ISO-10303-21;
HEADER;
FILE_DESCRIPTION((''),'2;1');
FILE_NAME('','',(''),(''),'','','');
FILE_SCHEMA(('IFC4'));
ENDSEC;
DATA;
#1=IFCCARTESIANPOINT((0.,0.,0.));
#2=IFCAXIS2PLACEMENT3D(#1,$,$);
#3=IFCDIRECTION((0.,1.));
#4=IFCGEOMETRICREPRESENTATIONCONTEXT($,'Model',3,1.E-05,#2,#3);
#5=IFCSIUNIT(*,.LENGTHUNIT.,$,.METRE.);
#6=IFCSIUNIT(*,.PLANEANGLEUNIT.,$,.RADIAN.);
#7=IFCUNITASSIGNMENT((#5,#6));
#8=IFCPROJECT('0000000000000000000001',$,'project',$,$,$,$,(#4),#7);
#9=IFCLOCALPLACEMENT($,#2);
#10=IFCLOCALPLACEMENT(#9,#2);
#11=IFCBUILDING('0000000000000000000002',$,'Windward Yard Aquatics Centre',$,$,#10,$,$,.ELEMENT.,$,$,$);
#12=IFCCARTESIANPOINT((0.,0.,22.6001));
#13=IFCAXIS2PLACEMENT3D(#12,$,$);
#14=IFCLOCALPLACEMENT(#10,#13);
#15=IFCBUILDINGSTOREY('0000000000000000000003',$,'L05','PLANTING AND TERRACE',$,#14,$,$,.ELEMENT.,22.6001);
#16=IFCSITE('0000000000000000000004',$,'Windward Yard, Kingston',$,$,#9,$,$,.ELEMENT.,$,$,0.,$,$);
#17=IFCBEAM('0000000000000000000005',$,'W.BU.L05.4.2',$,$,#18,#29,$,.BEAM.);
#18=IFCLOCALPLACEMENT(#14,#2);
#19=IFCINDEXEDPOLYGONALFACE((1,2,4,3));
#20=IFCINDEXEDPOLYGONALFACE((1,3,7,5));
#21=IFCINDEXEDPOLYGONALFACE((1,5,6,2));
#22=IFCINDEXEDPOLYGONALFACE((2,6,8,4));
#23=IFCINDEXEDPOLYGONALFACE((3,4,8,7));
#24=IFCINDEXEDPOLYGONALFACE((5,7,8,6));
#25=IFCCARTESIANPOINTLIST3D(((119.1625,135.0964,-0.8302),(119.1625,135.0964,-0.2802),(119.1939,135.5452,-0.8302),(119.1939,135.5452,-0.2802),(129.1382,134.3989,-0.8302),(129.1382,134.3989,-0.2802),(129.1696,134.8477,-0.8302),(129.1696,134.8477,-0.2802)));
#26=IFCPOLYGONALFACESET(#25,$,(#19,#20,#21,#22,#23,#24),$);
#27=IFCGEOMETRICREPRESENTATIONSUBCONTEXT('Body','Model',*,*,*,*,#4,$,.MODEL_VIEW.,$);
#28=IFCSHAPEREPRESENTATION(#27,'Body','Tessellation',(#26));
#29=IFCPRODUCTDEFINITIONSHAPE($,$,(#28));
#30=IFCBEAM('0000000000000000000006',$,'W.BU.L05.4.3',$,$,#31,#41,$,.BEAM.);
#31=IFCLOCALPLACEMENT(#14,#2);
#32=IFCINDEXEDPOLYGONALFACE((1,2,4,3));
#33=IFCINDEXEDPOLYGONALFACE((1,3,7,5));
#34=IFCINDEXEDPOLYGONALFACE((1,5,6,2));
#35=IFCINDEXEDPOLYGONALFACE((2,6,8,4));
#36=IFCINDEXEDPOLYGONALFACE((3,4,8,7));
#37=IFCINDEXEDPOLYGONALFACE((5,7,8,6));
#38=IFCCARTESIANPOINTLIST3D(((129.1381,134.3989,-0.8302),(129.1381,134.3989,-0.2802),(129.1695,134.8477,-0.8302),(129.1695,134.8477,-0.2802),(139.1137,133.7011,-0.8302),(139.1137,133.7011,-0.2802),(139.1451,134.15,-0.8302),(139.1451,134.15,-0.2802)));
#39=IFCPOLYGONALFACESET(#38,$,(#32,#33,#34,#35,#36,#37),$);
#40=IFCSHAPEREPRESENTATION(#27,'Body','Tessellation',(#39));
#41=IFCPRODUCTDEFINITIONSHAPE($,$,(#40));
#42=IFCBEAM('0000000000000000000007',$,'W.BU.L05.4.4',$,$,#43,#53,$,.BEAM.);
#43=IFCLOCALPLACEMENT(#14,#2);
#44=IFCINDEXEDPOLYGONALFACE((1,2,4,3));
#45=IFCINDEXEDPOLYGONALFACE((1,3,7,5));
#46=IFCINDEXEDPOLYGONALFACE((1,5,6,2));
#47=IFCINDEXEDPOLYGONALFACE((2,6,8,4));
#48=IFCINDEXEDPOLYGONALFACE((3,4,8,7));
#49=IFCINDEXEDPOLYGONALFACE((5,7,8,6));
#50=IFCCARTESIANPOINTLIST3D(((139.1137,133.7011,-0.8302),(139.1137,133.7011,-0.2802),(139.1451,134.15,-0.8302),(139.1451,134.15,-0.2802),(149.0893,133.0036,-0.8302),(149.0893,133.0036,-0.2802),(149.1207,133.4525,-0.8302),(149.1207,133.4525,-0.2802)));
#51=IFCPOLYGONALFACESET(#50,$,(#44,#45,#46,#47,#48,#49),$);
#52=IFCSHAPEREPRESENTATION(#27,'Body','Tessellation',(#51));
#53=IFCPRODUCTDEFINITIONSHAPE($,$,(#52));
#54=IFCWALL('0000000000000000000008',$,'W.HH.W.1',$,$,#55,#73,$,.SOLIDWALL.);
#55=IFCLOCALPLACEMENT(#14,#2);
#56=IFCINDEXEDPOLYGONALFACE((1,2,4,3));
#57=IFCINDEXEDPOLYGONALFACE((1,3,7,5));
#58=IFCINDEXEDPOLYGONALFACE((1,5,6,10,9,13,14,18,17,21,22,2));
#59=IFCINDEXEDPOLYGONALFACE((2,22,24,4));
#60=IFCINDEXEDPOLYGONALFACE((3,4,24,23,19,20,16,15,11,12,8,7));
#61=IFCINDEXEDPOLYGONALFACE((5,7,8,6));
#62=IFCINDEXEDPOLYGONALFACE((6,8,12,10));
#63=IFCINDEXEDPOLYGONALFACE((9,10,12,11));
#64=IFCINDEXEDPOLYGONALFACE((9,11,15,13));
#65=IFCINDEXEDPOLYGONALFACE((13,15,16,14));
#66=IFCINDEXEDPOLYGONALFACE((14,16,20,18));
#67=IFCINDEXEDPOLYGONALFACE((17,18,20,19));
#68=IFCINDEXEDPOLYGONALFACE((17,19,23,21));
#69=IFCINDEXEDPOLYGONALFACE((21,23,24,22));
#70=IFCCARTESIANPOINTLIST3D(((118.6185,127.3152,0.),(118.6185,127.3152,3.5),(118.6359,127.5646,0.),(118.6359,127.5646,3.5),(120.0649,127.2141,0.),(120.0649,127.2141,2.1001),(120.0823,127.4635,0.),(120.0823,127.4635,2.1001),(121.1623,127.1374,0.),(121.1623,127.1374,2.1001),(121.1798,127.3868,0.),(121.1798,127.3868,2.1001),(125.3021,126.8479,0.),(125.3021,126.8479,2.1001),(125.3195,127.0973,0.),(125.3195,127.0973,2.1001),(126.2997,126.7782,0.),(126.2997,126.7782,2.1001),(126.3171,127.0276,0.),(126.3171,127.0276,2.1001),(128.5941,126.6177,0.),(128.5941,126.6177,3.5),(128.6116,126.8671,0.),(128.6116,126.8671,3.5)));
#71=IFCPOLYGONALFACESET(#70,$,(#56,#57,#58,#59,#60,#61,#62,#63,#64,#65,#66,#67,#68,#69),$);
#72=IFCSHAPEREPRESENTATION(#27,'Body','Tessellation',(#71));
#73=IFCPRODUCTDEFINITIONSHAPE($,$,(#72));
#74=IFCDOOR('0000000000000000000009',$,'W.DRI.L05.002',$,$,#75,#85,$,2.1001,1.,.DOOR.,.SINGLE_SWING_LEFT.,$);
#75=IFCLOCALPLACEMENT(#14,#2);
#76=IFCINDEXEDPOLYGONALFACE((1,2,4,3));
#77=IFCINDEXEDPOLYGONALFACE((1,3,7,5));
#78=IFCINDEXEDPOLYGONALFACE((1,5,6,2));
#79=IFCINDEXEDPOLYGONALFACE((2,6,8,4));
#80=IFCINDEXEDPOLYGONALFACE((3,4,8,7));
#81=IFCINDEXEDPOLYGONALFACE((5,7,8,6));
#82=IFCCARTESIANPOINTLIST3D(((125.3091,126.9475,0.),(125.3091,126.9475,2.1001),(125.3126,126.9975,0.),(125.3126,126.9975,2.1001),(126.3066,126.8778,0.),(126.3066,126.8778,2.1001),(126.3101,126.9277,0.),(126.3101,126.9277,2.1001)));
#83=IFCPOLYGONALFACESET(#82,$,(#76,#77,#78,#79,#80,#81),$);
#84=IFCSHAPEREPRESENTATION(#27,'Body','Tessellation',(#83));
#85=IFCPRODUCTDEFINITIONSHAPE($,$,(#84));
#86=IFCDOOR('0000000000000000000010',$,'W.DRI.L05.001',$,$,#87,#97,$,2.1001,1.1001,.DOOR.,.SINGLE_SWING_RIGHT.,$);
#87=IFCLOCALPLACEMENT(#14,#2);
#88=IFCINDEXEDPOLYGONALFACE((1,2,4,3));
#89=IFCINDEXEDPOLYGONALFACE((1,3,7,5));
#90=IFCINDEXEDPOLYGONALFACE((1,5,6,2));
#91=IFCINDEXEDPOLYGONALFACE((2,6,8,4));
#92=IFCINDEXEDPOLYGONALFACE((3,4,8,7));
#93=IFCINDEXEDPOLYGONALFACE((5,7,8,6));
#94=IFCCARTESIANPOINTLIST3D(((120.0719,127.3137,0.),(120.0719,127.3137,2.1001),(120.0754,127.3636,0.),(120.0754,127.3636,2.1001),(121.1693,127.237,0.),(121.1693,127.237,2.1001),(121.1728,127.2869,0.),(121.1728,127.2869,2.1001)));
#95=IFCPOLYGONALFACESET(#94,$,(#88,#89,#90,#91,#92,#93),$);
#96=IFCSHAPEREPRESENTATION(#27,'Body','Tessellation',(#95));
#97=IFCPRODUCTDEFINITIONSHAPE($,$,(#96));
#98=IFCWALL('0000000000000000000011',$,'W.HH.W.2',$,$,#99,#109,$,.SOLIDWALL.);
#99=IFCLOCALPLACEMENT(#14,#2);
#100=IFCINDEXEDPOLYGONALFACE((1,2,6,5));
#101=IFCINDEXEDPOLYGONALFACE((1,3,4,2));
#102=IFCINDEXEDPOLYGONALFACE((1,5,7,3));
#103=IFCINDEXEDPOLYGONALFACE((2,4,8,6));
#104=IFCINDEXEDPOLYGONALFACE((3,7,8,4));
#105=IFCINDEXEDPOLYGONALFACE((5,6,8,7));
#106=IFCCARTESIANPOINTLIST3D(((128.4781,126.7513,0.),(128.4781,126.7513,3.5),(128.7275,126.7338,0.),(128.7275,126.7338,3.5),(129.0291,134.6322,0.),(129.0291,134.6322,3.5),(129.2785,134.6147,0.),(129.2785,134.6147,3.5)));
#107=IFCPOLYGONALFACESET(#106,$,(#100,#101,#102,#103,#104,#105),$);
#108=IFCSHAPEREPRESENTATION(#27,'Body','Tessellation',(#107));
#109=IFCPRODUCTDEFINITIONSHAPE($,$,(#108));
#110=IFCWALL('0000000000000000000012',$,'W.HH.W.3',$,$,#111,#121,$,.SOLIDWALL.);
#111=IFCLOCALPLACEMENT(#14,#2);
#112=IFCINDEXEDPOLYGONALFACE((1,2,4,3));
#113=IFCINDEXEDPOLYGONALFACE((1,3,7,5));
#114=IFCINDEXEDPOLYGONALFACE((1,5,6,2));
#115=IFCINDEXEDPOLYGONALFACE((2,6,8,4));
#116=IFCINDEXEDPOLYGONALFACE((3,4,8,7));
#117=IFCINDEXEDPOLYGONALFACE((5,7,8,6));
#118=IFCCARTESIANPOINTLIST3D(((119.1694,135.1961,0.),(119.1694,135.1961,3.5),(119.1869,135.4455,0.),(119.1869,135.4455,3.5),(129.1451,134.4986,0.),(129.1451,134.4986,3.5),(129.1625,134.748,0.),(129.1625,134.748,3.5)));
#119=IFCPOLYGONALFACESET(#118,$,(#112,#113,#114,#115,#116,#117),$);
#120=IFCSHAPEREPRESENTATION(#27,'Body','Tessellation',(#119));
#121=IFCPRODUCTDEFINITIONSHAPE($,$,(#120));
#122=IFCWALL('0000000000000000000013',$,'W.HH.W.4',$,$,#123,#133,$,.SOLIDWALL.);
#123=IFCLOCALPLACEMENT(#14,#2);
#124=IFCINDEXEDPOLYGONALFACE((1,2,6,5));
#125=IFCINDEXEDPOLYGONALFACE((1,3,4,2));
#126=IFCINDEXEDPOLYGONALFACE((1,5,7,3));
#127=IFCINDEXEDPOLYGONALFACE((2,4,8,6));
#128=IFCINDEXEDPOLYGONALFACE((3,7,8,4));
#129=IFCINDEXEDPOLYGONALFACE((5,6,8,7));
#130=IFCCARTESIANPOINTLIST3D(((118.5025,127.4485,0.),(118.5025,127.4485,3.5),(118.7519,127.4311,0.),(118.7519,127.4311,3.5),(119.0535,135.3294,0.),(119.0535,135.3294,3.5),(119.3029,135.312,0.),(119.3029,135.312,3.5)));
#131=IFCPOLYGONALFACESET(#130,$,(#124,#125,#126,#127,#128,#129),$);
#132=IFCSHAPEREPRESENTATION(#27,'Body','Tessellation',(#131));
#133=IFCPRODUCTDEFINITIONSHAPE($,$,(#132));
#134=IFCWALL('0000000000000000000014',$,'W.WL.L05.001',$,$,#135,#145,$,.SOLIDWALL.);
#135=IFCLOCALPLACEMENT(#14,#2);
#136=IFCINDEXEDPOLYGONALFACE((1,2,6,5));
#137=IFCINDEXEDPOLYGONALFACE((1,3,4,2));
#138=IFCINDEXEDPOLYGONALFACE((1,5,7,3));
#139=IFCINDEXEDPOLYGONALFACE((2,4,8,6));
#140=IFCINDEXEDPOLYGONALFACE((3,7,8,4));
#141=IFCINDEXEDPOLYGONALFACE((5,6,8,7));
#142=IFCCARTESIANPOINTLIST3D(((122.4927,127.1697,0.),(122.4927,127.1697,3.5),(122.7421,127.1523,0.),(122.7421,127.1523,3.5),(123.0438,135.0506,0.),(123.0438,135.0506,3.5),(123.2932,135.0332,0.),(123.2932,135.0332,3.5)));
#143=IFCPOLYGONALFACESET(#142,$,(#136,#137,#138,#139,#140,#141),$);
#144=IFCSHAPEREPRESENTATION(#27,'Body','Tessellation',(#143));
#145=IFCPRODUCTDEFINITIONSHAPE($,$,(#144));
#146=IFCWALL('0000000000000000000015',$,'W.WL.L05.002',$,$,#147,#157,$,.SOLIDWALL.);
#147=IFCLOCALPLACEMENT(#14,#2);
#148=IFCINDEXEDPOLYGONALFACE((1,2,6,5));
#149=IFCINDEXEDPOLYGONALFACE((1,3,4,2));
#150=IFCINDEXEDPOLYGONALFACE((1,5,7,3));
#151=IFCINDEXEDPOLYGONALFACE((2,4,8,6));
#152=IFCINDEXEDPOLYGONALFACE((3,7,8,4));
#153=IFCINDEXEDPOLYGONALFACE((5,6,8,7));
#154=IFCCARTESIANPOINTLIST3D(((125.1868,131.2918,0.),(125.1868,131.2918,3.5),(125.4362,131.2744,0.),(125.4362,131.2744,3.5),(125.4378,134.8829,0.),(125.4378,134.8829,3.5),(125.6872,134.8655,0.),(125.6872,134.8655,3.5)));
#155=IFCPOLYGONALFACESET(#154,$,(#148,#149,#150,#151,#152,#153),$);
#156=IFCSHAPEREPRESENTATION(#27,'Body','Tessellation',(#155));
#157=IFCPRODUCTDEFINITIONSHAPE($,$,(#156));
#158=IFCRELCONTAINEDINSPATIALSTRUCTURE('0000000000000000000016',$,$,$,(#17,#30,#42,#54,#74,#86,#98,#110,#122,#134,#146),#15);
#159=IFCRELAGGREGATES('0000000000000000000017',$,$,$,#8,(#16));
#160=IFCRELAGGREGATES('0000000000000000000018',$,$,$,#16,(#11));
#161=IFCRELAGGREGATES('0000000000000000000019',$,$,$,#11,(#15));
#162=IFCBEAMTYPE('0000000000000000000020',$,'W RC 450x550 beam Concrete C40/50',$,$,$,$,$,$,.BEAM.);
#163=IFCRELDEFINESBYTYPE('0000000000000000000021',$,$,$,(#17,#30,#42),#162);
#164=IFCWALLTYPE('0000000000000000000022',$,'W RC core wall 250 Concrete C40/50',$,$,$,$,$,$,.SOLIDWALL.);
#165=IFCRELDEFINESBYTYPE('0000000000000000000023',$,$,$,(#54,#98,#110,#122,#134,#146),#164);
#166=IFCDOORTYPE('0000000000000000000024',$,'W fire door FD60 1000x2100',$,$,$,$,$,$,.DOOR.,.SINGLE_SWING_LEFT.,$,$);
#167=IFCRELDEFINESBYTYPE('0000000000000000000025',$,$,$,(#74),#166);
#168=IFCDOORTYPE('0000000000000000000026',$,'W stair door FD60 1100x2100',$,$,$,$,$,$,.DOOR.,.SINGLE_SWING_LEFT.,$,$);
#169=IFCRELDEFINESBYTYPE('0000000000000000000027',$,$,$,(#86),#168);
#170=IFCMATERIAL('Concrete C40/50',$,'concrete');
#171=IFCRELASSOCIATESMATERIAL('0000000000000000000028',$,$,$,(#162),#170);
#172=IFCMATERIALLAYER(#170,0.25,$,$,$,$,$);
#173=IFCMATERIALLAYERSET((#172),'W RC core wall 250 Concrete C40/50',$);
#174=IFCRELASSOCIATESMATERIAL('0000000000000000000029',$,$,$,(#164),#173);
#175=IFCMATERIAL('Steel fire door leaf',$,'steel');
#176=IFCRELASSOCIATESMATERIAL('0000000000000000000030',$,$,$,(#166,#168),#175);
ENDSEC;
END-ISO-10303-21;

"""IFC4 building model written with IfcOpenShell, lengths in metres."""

from ifc_helpers import new_model, si_unit, direction, frame, frame_2d, origin, origin_2d, place, context, subcontext, project, spatial, rectangle, extrude, material, layer, layer_set, material_profile, profile_set, type_object, element, fill, save


model = new_model("IFC4")

# Units and contexts
model_context = context("Model", 3, precision=1e-05, world=origin(), true_north=direction((0.0, 1.0)))
body_context = subcontext(model_context, "Body", "Model", "MODEL_VIEW")
ifc_project = project(units=[si_unit("LENGTHUNIT", "METRE"), si_unit("PLANEANGLEUNIT", "RADIAN")], contexts=[model_context])

# Site, building, storey
site_placement = place(None, origin())
site = spatial("IfcSite", under=ifc_project, at=site_placement, Name="Windward Yard, Kingston", CompositionType="ELEMENT", RefElevation=0.0)
building_placement = place(site_placement, origin())
building = spatial("IfcBuilding", under=site, at=building_placement, Name="Windward Yard Aquatics Centre", CompositionType="ELEMENT")
storey_placement = place(building_placement, frame((0.0, 0.0, 22.6001)))
storey = spatial("IfcBuildingStorey", under=building, at=storey_placement, Name="L05", Description="PLANTING AND TERRACE", CompositionType="ELEMENT", Elevation=22.6001)

# Beams
ifc_material_1 = material(Name="Concrete C40/50", Category="concrete")
ifc_material_profile_1 = material_profile(ifc_material_1, rectangle(XDim=0.45, YDim=0.55, at=origin_2d()), Name="RC 450x550")
ifc_profile_set_1 = profile_set([ifc_material_profile_1], Name="Concrete C40/50")
beam_type_1 = type_object("IfcBeamType", Name="W RC 450x550 beam Concrete C40/50", PredefinedType="BEAM", material=ifc_profile_set_1)
for number, where, z_axis, x_axis, name in (
    (1, (119.1782, 135.3208, -0.5552), (0.997564, -0.069751, 0.0), (0.069751, 0.997564, 0.0), "W.BU.L05.4.2"),
    (2, (129.1538, 134.6233, -0.5552), (0.997563, -0.069776, 0.0), (0.069776, 0.997563, 0.0), "W.BU.L05.4.3"),
    (3, (139.1294, 133.9255, -0.5552), (0.997564, -0.069751, 0.0), (0.069751, 0.997564, 0.0), "W.BU.L05.4.4"),
):
    element("IfcBeam", number, at=place(storey_placement, frame(where, z_axis=z_axis, x_axis=x_axis)), inside=storey, type_object=beam_type_1, Name=name, PredefinedType="BEAM", context=body_context, shape_type="SweptSolid", body=[
        extrude(rectangle(XDim=0.45, YDim=0.55, at=origin_2d()), origin(), (0.0, 0.0, 1.0), 10.0),
    ])

# Wall, openings, doors
ifc_layer_1 = layer(ifc_material_1, 0.25)
ifc_layer_set_1 = layer_set([ifc_layer_1], Name="W RC core wall 250 Concrete C40/50")
wall_type_1 = type_object("IfcWallType", Name="W RC core wall 250 Concrete C40/50", PredefinedType="SOLIDWALL", material=ifc_layer_set_1)
wall_1_placement = place(storey_placement, frame((118.6272, 127.4399, 0.0), z_axis=(0.0, 0.0, 1.0), x_axis=(0.997564, -0.069751, 0.0)))
wall_1 = element("IfcWall", 4, at=wall_1_placement, inside=storey, type_object=wall_type_1, Name="W.HH.W.1", PredefinedType="SOLIDWALL", context=body_context, shape_type="SweptSolid", body=[
    extrude(rectangle(XDim=10.0, YDim=0.25, at=frame_2d((5.0, 0.0))), origin(), (0.0, 0.0, 1.0), 3.5),
])
opening_1_placement = place(wall_1_placement, frame((1.45, 0.0, 0.0)))
opening_1 = element("IfcOpeningElement", 5, at=opening_1_placement, cuts=wall_1, PredefinedType="OPENING", context=body_context, shape_type="SweptSolid", body=[
    extrude(rectangle(XDim=1.1001, YDim=2.1001, at=frame_2d((0.55, 1.05))), frame((0.0, 0.135, 0.0), z_axis=(0.0, -1.0, 0.0), x_axis=(1.0, 0.0, 0.0)), (0.0, 0.0, 1.0), 0.27),
])
opening_2_placement = place(wall_1_placement, frame((6.7, 0.0, 0.0)))
opening_2 = element("IfcOpeningElement", 6, at=opening_2_placement, cuts=wall_1, PredefinedType="OPENING", context=body_context, shape_type="SweptSolid", body=[
    extrude(rectangle(XDim=1.0, YDim=2.1001, at=frame_2d((0.5, 1.05))), frame((0.0, 0.135, 0.0), z_axis=(0.0, -1.0, 0.0), x_axis=(1.0, 0.0, 0.0)), (0.0, 0.0, 1.0), 0.27),
])
ifc_material_2 = material(Name="Steel fire door leaf", Category="steel")
door_type_1 = type_object("IfcDoorType", Name="W fire door FD60 1000x2100", OperationType="SINGLE_SWING_LEFT", PredefinedType="DOOR", material=ifc_material_2)
door_1_placement = place(opening_2_placement, origin())
door_1 = element("IfcDoor", 7, at=door_1_placement, inside=storey, type_object=door_type_1, Name="W.DRI.L05.002", OperationType="SINGLE_SWING_LEFT", OverallHeight=2.1001, OverallWidth=1.0, PredefinedType="DOOR", context=body_context, shape_type="SweptSolid", body=[
    extrude(rectangle(XDim=1.0, YDim=2.1001, at=frame_2d((0.5, 1.05))), frame((0.0, 0.0249, 0.0), z_axis=(0.0, -1.0, 0.0), x_axis=(1.0, 0.0, 0.0)), (0.0, 0.0, 1.0), 0.05),
])
fill(opening_2, door_1)
door_type_2 = type_object("IfcDoorType", Name="W stair door FD60 1100x2100", OperationType="SINGLE_SWING_LEFT", PredefinedType="DOOR", material=ifc_material_2)
door_2_placement = place(opening_1_placement, origin())
door_2 = element("IfcDoor", 8, at=door_2_placement, inside=storey, type_object=door_type_2, Name="W.DRI.L05.001", OperationType="SINGLE_SWING_RIGHT", OverallHeight=2.1001, OverallWidth=1.1001, PredefinedType="DOOR", context=body_context, shape_type="SweptSolid", body=[
    extrude(rectangle(XDim=1.1001, YDim=2.1001, at=frame_2d((0.55, 1.05))), frame((0.0, 0.0249, 0.0), z_axis=(0.0, -1.0, 0.0), x_axis=(1.0, 0.0, 0.0)), (0.0, 0.0, 1.0), 0.05),
])
fill(opening_1, door_2)

# Walls
wall_2_placement = place(storey_placement, frame((128.6028, 126.7424, 0.0), z_axis=(0.0, 0.0, 1.0), x_axis=(0.069749, 0.997565, 0.0)))
element("IfcWall", 9, at=wall_2_placement, inside=storey, type_object=wall_type_1, Name="W.HH.W.2", PredefinedType="SOLIDWALL", context=body_context, shape_type="SweptSolid", body=[
    extrude(rectangle(XDim=7.9001, YDim=0.25, at=frame_2d((3.9502, 0.0))), origin(), (0.0, 0.0, 1.0), 3.5),
])
wall_3_placement = place(storey_placement, frame((129.1538, 134.6233, 0.0), z_axis=(0.0, 0.0, 1.0), x_axis=(-0.997564, 0.069751, 0.0)))
element("IfcWall", 10, at=wall_3_placement, inside=storey, type_object=wall_type_1, Name="W.HH.W.3", PredefinedType="SOLIDWALL", context=body_context, shape_type="SweptSolid", body=[
    extrude(rectangle(XDim=10.0, YDim=0.25, at=frame_2d((5.0, 0.0))), origin(), (0.0, 0.0, 1.0), 3.5),
])
for number, where, z_axis, x_axis, name in (
    (11, (119.1782, 135.3208, 0.0), (0.0, 0.0, 1.0), (-0.069749, -0.997565, 0.0), "W.HH.W.4"),
    (12, (122.6174, 127.1609, 0.0), (0.0, 0.0, 1.0), (0.069749, 0.997565, 0.0), "W.WL.L05.001"),
):
    element("IfcWall", number, at=place(storey_placement, frame(where, z_axis=z_axis, x_axis=x_axis)), inside=storey, type_object=wall_type_1, Name=name, PredefinedType="SOLIDWALL", context=body_context, shape_type="SweptSolid", body=[
        extrude(rectangle(XDim=7.9001, YDim=0.25, at=frame_2d((3.9502, 0.0))), origin(), (0.0, 0.0, 1.0), 3.5),
    ])
wall_4_placement = place(storey_placement, frame((125.3115, 131.2832, 0.0), z_axis=(0.0, 0.0, 1.0), x_axis=(0.069719, 0.997567, 0.0)))
element("IfcWall", 13, at=wall_4_placement, inside=storey, type_object=wall_type_1, Name="W.WL.L05.002", PredefinedType="SOLIDWALL", context=body_context, shape_type="SweptSolid", body=[
    extrude(rectangle(XDim=3.5999, YDim=0.25, at=frame_2d((1.7998, 0.0))), origin(), (0.0, 0.0, 1.0), 3.5),
])

save(model, "model.ifc")
